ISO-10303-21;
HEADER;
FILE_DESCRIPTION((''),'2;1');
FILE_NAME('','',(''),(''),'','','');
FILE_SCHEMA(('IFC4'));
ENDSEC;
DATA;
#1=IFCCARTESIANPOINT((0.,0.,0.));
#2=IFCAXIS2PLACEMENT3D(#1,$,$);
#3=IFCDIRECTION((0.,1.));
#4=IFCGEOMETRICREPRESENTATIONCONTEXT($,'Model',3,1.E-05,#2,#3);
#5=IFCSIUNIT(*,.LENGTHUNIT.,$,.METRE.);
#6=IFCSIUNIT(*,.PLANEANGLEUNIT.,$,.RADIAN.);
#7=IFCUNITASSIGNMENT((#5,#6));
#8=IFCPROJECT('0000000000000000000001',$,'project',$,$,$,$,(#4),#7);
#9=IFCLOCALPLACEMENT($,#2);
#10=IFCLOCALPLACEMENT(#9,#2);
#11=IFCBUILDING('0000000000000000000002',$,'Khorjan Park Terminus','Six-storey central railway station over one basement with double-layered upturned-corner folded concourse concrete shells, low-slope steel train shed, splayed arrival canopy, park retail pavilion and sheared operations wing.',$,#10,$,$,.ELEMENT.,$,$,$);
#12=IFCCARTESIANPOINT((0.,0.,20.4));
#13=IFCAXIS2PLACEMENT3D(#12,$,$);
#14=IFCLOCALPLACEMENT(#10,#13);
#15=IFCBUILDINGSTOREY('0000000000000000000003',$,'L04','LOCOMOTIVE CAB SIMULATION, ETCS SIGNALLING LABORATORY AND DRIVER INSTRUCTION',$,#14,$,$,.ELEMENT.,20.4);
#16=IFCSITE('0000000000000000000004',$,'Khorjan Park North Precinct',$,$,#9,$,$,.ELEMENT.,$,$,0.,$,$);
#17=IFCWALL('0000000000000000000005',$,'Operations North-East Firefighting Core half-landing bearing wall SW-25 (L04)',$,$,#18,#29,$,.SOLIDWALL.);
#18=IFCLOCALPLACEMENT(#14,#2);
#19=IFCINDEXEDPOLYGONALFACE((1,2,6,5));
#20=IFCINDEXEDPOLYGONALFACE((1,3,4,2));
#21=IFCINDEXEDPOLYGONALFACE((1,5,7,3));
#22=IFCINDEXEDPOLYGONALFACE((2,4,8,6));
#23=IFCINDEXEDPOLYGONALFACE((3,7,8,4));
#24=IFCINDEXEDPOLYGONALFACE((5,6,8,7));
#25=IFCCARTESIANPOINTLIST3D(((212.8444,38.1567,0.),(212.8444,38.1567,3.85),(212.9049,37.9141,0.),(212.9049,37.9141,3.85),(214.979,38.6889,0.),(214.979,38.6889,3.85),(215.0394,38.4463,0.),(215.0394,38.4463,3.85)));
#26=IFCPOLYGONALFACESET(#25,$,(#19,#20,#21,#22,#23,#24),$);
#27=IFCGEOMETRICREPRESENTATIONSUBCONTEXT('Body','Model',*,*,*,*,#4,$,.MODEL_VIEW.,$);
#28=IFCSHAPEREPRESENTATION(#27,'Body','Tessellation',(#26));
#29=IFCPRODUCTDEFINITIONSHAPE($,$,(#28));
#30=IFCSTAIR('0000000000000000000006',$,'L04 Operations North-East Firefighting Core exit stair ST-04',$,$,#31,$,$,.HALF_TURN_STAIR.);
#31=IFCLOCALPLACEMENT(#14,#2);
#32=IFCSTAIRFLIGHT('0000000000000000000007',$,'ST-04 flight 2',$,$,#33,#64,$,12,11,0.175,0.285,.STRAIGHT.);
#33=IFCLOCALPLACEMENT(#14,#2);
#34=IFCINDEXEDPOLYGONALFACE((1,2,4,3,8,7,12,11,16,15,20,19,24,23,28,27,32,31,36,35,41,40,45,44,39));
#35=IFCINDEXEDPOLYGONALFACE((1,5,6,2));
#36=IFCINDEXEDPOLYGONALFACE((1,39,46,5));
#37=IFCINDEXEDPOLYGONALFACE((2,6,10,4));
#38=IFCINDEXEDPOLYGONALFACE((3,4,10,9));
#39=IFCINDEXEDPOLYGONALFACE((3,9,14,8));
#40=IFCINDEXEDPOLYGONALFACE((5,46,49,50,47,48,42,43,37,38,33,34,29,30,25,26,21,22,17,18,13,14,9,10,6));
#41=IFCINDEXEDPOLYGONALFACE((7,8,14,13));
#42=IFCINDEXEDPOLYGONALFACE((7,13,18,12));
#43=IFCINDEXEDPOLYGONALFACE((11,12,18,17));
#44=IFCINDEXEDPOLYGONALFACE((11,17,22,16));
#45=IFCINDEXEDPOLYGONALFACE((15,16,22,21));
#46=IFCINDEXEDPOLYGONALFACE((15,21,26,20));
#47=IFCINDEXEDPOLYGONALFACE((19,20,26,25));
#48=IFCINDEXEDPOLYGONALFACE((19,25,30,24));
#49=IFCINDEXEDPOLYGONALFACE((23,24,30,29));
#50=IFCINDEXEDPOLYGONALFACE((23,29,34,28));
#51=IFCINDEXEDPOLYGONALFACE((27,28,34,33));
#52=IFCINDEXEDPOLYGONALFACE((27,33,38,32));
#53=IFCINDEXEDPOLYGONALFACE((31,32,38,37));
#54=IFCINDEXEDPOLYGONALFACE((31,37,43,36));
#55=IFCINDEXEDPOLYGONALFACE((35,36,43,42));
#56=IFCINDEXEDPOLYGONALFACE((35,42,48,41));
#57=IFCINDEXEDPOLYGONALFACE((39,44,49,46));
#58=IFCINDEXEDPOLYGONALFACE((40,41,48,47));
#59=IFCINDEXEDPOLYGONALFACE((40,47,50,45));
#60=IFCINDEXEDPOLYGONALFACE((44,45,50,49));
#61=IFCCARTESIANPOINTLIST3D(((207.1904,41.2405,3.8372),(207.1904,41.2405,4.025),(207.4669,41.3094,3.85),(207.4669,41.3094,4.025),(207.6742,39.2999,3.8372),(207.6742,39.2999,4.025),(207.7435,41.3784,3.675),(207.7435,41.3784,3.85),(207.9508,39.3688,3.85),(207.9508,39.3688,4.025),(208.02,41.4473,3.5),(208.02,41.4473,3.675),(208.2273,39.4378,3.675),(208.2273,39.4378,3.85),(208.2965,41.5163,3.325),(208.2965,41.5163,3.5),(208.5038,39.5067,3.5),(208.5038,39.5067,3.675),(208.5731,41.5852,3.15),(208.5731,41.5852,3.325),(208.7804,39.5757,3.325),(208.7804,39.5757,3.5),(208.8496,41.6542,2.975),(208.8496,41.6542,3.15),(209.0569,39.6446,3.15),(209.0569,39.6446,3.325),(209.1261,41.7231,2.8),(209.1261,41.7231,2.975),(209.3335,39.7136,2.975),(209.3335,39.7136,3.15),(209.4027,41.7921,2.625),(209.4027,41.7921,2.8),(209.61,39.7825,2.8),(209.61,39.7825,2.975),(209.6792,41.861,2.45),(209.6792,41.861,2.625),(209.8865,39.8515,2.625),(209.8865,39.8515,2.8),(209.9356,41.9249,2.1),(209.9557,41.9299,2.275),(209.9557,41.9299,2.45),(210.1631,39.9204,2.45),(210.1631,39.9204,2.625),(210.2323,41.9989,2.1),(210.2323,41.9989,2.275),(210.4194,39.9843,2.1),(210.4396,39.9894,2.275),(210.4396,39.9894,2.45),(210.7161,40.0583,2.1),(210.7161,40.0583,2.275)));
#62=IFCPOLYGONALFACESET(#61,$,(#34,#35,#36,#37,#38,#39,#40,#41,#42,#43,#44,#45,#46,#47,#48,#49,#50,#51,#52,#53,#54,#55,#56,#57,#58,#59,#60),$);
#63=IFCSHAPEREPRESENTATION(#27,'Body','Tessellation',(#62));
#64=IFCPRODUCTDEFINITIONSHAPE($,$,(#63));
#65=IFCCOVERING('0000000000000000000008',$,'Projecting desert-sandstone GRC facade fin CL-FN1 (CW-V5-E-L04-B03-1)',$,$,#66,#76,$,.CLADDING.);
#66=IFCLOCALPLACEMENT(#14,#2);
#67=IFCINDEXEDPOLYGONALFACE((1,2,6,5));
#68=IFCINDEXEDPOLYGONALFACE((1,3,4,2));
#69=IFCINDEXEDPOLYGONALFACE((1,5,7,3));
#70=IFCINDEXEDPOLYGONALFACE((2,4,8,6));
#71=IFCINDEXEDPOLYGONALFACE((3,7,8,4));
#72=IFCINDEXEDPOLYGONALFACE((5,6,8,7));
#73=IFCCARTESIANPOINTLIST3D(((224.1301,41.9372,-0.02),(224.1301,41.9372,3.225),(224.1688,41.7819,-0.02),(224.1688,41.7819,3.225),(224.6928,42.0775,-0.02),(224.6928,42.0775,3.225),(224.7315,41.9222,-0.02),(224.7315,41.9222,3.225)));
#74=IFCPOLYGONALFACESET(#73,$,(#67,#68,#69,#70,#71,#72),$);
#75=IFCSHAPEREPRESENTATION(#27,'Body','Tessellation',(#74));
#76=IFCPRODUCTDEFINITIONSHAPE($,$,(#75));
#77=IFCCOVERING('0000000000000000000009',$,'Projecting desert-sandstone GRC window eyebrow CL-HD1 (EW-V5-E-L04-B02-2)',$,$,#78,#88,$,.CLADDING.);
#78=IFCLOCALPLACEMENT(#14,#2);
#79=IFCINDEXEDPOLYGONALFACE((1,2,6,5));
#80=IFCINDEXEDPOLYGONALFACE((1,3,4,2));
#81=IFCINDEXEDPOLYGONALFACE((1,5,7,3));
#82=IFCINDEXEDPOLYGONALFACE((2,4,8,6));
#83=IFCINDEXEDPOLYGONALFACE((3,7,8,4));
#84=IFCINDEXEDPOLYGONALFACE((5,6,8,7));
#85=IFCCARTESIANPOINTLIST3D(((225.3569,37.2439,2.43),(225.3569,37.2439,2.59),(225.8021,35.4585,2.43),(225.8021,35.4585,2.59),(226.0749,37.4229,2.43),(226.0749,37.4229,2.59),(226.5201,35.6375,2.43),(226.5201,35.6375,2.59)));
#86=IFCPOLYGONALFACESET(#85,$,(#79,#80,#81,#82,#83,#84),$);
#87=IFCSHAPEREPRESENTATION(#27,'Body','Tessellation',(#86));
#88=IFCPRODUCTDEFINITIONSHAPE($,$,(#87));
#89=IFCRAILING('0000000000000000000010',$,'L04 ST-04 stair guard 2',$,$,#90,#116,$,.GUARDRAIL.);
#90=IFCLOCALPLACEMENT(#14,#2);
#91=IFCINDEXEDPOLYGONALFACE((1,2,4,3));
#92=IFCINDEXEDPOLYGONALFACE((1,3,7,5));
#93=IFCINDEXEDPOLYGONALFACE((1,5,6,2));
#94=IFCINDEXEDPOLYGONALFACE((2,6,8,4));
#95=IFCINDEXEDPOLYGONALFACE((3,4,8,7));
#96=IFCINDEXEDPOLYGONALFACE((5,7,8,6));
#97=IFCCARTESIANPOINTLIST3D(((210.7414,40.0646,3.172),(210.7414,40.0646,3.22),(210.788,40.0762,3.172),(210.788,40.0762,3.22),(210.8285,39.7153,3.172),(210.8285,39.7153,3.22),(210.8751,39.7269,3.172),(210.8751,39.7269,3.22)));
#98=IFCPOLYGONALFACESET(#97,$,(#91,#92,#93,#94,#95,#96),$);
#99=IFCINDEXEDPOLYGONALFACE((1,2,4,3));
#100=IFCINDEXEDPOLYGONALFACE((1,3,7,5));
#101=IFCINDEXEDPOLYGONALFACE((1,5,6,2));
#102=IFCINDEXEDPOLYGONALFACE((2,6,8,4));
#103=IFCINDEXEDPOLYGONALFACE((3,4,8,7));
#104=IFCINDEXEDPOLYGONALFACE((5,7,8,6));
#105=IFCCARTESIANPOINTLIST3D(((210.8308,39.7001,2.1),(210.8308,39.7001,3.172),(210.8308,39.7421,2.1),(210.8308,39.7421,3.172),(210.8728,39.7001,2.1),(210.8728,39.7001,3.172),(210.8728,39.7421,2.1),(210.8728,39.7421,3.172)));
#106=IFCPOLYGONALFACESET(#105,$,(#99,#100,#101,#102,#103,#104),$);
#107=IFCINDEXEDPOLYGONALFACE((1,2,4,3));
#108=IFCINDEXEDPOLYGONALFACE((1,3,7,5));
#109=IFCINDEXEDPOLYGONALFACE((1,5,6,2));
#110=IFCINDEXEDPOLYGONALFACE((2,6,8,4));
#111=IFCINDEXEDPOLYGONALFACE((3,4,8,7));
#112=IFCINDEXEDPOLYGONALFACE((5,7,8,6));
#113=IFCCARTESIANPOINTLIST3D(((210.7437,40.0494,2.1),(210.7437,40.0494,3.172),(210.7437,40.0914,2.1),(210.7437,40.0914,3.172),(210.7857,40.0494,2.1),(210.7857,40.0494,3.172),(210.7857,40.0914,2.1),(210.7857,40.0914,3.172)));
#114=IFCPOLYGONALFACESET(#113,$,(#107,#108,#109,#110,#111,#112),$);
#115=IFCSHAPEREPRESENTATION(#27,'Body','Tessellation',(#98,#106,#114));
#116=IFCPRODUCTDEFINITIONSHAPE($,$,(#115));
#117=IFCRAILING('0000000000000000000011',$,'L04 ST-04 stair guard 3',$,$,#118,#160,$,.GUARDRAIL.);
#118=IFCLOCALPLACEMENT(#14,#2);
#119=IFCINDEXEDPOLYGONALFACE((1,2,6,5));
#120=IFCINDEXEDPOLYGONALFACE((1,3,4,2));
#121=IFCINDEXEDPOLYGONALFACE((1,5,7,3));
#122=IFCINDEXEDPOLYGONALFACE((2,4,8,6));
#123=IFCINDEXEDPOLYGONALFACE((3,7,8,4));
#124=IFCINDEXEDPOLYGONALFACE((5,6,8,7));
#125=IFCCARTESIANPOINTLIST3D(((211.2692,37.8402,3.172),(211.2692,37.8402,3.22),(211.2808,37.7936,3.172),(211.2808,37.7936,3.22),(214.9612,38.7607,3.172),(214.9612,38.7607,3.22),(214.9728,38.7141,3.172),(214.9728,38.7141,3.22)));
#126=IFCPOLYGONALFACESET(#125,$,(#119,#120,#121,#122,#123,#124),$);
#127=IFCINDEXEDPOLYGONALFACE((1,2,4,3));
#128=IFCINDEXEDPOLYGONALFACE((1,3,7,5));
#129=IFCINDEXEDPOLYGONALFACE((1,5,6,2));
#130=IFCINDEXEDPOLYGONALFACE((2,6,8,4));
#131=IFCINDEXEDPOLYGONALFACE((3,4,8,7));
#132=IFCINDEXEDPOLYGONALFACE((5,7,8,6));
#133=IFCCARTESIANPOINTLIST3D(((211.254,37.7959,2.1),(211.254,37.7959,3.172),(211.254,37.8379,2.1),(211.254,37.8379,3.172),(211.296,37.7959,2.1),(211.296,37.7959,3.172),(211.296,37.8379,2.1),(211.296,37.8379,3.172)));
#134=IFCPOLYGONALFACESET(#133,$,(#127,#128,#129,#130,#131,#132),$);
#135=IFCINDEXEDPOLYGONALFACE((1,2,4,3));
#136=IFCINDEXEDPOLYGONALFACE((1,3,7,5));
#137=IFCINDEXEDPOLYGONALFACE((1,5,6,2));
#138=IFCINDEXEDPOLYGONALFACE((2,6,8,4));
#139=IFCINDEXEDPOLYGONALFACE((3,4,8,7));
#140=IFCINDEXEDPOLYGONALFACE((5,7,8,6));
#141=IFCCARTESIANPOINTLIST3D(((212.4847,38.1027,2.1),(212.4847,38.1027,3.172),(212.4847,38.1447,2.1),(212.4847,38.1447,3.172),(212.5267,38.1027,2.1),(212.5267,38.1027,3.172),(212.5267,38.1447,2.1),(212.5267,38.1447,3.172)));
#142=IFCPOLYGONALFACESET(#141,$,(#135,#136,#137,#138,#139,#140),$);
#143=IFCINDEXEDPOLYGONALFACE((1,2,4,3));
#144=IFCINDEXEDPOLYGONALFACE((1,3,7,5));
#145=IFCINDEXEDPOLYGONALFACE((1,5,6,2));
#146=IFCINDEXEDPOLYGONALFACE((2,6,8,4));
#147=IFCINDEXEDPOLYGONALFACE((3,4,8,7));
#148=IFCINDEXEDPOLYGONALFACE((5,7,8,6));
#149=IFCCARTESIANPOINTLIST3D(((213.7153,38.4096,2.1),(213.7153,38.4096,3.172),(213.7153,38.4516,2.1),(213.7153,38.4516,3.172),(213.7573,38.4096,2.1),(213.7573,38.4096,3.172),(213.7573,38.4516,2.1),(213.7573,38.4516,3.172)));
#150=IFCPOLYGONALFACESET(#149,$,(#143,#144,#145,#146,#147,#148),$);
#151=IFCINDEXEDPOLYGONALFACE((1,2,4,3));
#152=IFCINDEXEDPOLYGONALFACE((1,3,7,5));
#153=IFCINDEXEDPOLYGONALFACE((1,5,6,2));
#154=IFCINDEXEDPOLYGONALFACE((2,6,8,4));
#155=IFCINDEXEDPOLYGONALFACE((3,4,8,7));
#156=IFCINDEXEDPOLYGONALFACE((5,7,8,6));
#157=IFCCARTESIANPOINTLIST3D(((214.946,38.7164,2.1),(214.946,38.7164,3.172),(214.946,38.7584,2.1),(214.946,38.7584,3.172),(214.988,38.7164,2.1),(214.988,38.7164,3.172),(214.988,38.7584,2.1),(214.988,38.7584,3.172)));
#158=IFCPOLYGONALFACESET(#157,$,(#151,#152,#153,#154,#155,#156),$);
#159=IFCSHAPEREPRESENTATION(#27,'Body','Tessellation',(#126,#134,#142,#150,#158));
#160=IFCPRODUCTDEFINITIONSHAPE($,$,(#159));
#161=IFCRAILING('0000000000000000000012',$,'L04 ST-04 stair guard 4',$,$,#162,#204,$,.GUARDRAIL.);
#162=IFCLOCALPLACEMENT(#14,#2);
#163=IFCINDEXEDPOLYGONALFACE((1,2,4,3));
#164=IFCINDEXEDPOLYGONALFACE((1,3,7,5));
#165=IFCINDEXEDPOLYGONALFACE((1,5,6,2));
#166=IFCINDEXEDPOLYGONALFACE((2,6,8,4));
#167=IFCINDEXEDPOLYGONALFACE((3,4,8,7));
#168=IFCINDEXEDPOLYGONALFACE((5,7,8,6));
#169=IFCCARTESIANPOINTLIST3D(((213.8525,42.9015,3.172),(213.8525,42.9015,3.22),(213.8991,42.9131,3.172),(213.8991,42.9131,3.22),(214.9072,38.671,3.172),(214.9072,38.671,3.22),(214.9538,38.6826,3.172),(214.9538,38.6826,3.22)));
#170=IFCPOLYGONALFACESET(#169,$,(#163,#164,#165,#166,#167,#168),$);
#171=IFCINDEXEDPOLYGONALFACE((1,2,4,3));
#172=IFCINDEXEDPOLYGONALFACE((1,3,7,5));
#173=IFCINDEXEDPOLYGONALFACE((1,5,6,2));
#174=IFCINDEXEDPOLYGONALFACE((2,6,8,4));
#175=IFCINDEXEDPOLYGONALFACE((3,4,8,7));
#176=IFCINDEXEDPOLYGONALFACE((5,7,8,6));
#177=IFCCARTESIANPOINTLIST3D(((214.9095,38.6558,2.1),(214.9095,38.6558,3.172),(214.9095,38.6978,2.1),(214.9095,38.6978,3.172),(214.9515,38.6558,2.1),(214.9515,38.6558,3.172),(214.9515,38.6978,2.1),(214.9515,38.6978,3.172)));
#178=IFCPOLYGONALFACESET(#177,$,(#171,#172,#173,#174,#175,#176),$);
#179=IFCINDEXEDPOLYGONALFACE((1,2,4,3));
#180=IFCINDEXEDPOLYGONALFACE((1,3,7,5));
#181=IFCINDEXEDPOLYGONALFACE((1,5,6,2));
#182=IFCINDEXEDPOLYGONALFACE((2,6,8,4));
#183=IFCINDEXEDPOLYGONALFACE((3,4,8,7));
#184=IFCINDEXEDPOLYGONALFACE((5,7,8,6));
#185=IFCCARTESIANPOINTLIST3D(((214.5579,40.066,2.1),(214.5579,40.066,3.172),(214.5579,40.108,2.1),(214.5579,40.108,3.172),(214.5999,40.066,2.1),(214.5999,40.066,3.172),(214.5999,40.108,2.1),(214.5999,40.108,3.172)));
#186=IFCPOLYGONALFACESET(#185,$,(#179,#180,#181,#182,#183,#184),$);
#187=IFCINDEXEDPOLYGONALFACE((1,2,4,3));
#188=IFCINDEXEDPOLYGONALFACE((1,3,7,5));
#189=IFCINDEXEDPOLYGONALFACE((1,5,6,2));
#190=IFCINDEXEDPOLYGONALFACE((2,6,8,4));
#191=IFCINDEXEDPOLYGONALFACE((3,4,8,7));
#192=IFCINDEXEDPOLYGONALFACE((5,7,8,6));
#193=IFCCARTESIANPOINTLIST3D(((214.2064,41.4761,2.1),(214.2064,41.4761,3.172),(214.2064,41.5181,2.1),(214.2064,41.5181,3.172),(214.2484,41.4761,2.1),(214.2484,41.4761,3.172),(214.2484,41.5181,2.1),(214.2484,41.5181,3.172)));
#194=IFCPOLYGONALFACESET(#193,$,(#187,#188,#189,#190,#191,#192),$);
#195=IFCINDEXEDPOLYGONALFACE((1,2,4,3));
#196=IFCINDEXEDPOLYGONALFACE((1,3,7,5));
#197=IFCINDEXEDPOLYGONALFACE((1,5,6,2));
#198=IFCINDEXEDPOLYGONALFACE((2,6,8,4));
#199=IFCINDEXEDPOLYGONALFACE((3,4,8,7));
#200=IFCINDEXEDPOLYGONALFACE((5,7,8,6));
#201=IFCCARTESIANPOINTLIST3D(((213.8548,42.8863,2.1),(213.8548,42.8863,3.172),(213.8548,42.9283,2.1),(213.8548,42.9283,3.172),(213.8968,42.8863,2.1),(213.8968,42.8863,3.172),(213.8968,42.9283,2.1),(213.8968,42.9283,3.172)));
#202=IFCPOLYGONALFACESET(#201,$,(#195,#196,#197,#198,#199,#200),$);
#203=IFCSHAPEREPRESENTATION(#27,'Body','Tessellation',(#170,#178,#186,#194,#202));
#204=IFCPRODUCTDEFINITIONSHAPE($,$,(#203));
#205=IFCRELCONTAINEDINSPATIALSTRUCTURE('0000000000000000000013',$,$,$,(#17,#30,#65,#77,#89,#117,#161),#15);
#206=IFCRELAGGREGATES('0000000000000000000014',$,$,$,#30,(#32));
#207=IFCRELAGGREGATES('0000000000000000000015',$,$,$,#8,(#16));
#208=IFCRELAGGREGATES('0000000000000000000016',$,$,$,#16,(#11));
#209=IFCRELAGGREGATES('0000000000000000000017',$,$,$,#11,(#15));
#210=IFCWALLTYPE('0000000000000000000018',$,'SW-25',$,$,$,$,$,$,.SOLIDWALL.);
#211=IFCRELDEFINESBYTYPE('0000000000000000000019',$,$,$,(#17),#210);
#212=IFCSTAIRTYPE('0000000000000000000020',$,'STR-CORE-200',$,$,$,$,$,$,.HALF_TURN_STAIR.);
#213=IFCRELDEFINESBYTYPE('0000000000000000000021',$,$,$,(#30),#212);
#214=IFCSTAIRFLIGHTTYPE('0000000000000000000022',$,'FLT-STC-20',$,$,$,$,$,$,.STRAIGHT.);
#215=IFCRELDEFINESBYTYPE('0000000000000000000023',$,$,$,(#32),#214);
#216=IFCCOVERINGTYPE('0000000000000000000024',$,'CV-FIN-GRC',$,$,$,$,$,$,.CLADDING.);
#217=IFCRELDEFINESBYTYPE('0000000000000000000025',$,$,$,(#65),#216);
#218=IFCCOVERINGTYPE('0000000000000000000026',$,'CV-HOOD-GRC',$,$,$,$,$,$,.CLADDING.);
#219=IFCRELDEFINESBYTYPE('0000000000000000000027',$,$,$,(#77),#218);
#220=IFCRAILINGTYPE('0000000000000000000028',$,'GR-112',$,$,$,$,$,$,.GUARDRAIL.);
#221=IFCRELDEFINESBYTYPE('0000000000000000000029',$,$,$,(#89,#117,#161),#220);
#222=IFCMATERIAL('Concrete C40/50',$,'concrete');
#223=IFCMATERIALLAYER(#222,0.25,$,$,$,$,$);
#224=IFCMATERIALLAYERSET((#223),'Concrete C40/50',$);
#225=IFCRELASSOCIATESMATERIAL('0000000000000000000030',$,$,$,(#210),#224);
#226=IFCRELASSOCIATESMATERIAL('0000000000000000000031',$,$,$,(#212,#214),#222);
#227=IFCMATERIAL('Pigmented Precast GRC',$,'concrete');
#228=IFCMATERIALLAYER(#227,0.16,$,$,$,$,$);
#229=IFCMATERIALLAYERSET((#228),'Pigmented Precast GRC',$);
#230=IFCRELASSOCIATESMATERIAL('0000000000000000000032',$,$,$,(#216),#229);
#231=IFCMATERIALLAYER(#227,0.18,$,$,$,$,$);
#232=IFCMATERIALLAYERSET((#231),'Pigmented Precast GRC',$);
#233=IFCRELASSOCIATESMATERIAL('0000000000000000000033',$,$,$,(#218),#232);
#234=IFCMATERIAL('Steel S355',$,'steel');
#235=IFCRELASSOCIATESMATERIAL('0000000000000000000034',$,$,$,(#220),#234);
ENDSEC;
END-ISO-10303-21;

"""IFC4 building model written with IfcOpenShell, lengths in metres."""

from ifc_helpers import new_model, si_unit, direction, frame, frame_2d, origin, origin_2d, place, context, subcontext, project, spatial, polyline, rectangle, outline, extrude, material, layer, layer_set, type_object, element, aggregate, save


model = new_model("IFC4")

# Units and contexts
model_context = context("Model", 3, precision=1e-05, world=origin(), true_north=direction((0.0, 1.0)))
body_context = subcontext(model_context, "Body", "Model", "MODEL_VIEW")
ifc_project = project(units=[si_unit("LENGTHUNIT", "METRE"), si_unit("PLANEANGLEUNIT", "RADIAN")], contexts=[model_context])

# Site, building, storey
site_placement = place(None, origin())
site = spatial("IfcSite", under=ifc_project, at=site_placement, Name="Khorjan Park North Precinct", CompositionType="ELEMENT", RefElevation=0.0)
building_placement = place(site_placement, origin())
building = spatial("IfcBuilding", under=site, at=building_placement, Name="Khorjan Park Terminus", Description="Six-storey central railway station over one basement with double-layered upturned-corner folded concourse concrete shells, low-slope steel train shed, splayed arrival canopy, park retail pavilion and sheared operations wing.", CompositionType="ELEMENT")
storey_placement = place(building_placement, frame((0.0, 0.0, 20.4)))
storey = spatial("IfcBuildingStorey", under=building, at=storey_placement, Name="L04", Description="LOCOMOTIVE CAB SIMULATION, ETCS SIGNALLING LABORATORY AND DRIVER INSTRUCTION", CompositionType="ELEMENT", Elevation=20.4)

# Shared definitions
ifc_material_1 = material(Name="Steel S355", Category="steel")
ifc_material_2 = material(Name="Concrete C40/50", Category="concrete")

# Wall
ifc_layer_1 = layer(ifc_material_2, 0.25)
ifc_layer_set_1 = layer_set([ifc_layer_1], Name="Concrete C40/50")
wall_type_1 = type_object("IfcWallType", Name="SW-25", PredefinedType="SOLIDWALL", material=ifc_layer_set_1)
wall_1_placement = place(storey_placement, frame((212.8747, 38.0354, 0.0), z_axis=(0.0, 0.0, 1.0), x_axis=(0.970297, 0.241915, 0.0)))
element("IfcWall", 1, at=wall_1_placement, inside=storey, type_object=wall_type_1, Name="Operations North-East Firefighting Core half-landing bearing wall SW-25 (L04)", PredefinedType="SOLIDWALL", context=body_context, shape_type="SweptSolid", body=[
    extrude(rectangle(XDim=2.1999, YDim=0.25, at=frame_2d((1.0999, 0.0))), origin(), (0.0, 0.0, 1.0), 3.85),
])

# Stair, stair flight
stair_type = type_object("IfcStairType", Name="STR-CORE-200", PredefinedType="HALF_TURN_STAIR", material=ifc_material_2)
stair_placement = place(storey_placement, origin())
stair = element("IfcStair", 2, at=stair_placement, inside=storey, type_object=stair_type, Name="L04 Operations North-East Firefighting Core exit stair ST-04", PredefinedType="HALF_TURN_STAIR")
stair_flight_type = type_object("IfcStairFlightType", Name="FLT-STC-20", PredefinedType="STRAIGHT", material=ifc_material_2)
stair_flight_placement = place(storey_placement, frame((210.4742, 41.0286, 2.1), z_axis=(0.0, 0.0, 1.0), x_axis=(-0.970296, -0.241922, 0.0)))
stair_flight = element("IfcStairFlight", 3, at=stair_flight_placement, type_object=stair_flight_type, Name="ST-04 flight 2", NumberOfRisers=12, NumberOfTreads=11, PredefinedType="STRAIGHT", RiserHeight=0.175, TreadLength=0.285, context=body_context, shape_type="SweptSolid", body=[
    extrude(outline(polyline([(0.0, 0.0), (0.0, 0.175), (0.285, 0.175), (0.285, 0.35), (0.57, 0.35), (0.57, 0.525), (0.855, 0.525), (0.855, 0.7), (1.14, 0.7), (1.14, 0.875), (1.425, 0.875), (1.425, 1.05), (1.71, 1.05), (1.71, 1.225), (1.995, 1.225), (1.995, 1.4), (2.28, 1.4), (2.28, 1.575), (2.565, 1.575), (2.565, 1.75), (2.85, 1.75), (2.85, 1.925), (3.135, 1.925), (3.135, 2.1), (3.135, 1.7372), (0.3058, 0.0), (0.0, 0.0)])), frame((0.0, 1.0, 0.0), z_axis=(0.0, -1.0, 0.0), x_axis=(1.0, 0.0, 0.0)), (0.0, 0.0, 1.0), 2.0),
])
aggregate(stair, [stair_flight])

# Coverings
ifc_material_3 = material(Name="Pigmented Precast GRC", Category="concrete")
ifc_layer_2 = layer(ifc_material_3, 0.16)
ifc_layer_set_2 = layer_set([ifc_layer_2], Name="Pigmented Precast GRC")
covering_type_1 = type_object("IfcCoveringType", Name="CV-FIN-GRC", PredefinedType="CLADDING", material=ifc_layer_set_2)
covering_1_placement = place(storey_placement, frame((224.4308, 41.9297, -0.02), z_axis=(0.0, 0.0, 1.0), x_axis=(-0.970296, -0.241922, 0.0)))
element("IfcCovering", 4, at=covering_1_placement, inside=storey, type_object=covering_type_1, Name="Projecting desert-sandstone GRC facade fin CL-FN1 (CW-V5-E-L04-B03-1)", PredefinedType="CLADDING", context=body_context, shape_type="SweptSolid", body=[
    extrude(rectangle(XDim=0.58, YDim=0.16, at=origin_2d()), origin(), (0.0, 0.0, 1.0), 3.245),
])
ifc_layer_3 = layer(ifc_material_3, 0.18)
ifc_layer_set_3 = layer_set([ifc_layer_3], Name="Pigmented Precast GRC")
covering_type_2 = type_object("IfcCoveringType", Name="CV-HOOD-GRC", PredefinedType="CLADDING", material=ifc_layer_set_3)
covering_2_placement = place(storey_placement, frame((225.9385, 36.4407, 2.43), z_axis=(0.0, 0.0, 1.0), x_axis=(-0.24192, 0.970296, 0.0)))
element("IfcCovering", 5, at=covering_2_placement, inside=storey, type_object=covering_type_2, Name="Projecting desert-sandstone GRC window eyebrow CL-HD1 (EW-V5-E-L04-B02-2)", PredefinedType="CLADDING", context=body_context, shape_type="SweptSolid", body=[
    extrude(rectangle(XDim=1.84, YDim=0.74, at=origin_2d()), origin(), (0.0, 0.0, 1.0), 0.16),
])

# Railings
railing_type_1 = type_object("IfcRailingType", Name="GR-112", PredefinedType="GUARDRAIL", material=ifc_material_1)
railing_1_placement = place(storey_placement, frame((210.8518, 39.7211, 2.1)))
element("IfcRailing", 6, at=railing_1_placement, inside=storey, type_object=railing_type_1, Name="L04 ST-04 stair guard 2", PredefinedType="GUARDRAIL", context=body_context, shape_type="SweptSolid", body=[
    extrude(rectangle(XDim=0.048, YDim=0.048, at=origin_2d()), frame((0.0, 0.0, 1.096), z_axis=(-0.241947, 0.970289, 0.0), x_axis=(-0.970289, -0.241947, 0.0)), (0.0, 0.0, 1.0), 0.36),
    extrude(rectangle(XDim=0.042, YDim=0.042, at=origin_2d()), origin(), (0.0, 0.0, 1.0), 1.072),
    extrude(rectangle(XDim=0.042, YDim=0.042, at=origin_2d()), frame((-0.0871, 0.3493, 0.0)), (0.0, 0.0, 1.0), 1.072),
])
railing_2_placement = place(storey_placement, frame((211.275, 37.8169, 2.1)))
element("IfcRailing", 7, at=railing_2_placement, inside=storey, type_object=railing_type_1, Name="L04 ST-04 stair guard 3", PredefinedType="GUARDRAIL", context=body_context, shape_type="SweptSolid", body=[
    extrude(rectangle(XDim=0.048, YDim=0.048, at=origin_2d()), frame((0.0, 0.0, 1.096), z_axis=(0.970297, 0.241917, 0.0), x_axis=(-0.241917, 0.970297, 0.0)), (0.0, 0.0, 1.0), 3.805),
    extrude(rectangle(XDim=0.042, YDim=0.042, at=origin_2d()), origin(), (0.0, 0.0, 1.0), 1.072),
    extrude(rectangle(XDim=0.042, YDim=0.042, at=origin_2d()), frame((1.2307, 0.3068, 0.0)), (0.0, 0.0, 1.0), 1.072),
    extrude(rectangle(XDim=0.042, YDim=0.042, at=origin_2d()), frame((2.4613, 0.6137, 0.0)), (0.0, 0.0, 1.0), 1.072),
    extrude(rectangle(XDim=0.042, YDim=0.042, at=origin_2d()), frame((3.692, 0.9205, 0.0)), (0.0, 0.0, 1.0), 1.072),
])
railing_3_placement = place(storey_placement, frame((214.9305, 38.6768, 2.1)))
element("IfcRailing", 8, at=railing_3_placement, inside=storey, type_object=railing_type_1, Name="L04 ST-04 stair guard 4", PredefinedType="GUARDRAIL", context=body_context, shape_type="SweptSolid", body=[
    extrude(rectangle(XDim=0.048, YDim=0.048, at=origin_2d()), frame((0.0, 0.0, 1.096), z_axis=(-0.241904, 0.9703, 0.0), x_axis=(-0.9703, -0.241904, 0.0)), (0.0, 0.0, 1.0), 4.36),
    extrude(rectangle(XDim=0.042, YDim=0.042, at=origin_2d()), origin(), (0.0, 0.0, 1.0), 1.072),
    extrude(rectangle(XDim=0.042, YDim=0.042, at=origin_2d()), frame((-0.3516, 1.4102, 0.0)), (0.0, 0.0, 1.0), 1.072),
    extrude(rectangle(XDim=0.042, YDim=0.042, at=origin_2d()), frame((-0.7031, 2.8203, 0.0)), (0.0, 0.0, 1.0), 1.072),
    extrude(rectangle(XDim=0.042, YDim=0.042, at=origin_2d()), frame((-1.0547, 4.2305, 0.0)), (0.0, 0.0, 1.0), 1.072),
])

save(model, "model.ifc")
